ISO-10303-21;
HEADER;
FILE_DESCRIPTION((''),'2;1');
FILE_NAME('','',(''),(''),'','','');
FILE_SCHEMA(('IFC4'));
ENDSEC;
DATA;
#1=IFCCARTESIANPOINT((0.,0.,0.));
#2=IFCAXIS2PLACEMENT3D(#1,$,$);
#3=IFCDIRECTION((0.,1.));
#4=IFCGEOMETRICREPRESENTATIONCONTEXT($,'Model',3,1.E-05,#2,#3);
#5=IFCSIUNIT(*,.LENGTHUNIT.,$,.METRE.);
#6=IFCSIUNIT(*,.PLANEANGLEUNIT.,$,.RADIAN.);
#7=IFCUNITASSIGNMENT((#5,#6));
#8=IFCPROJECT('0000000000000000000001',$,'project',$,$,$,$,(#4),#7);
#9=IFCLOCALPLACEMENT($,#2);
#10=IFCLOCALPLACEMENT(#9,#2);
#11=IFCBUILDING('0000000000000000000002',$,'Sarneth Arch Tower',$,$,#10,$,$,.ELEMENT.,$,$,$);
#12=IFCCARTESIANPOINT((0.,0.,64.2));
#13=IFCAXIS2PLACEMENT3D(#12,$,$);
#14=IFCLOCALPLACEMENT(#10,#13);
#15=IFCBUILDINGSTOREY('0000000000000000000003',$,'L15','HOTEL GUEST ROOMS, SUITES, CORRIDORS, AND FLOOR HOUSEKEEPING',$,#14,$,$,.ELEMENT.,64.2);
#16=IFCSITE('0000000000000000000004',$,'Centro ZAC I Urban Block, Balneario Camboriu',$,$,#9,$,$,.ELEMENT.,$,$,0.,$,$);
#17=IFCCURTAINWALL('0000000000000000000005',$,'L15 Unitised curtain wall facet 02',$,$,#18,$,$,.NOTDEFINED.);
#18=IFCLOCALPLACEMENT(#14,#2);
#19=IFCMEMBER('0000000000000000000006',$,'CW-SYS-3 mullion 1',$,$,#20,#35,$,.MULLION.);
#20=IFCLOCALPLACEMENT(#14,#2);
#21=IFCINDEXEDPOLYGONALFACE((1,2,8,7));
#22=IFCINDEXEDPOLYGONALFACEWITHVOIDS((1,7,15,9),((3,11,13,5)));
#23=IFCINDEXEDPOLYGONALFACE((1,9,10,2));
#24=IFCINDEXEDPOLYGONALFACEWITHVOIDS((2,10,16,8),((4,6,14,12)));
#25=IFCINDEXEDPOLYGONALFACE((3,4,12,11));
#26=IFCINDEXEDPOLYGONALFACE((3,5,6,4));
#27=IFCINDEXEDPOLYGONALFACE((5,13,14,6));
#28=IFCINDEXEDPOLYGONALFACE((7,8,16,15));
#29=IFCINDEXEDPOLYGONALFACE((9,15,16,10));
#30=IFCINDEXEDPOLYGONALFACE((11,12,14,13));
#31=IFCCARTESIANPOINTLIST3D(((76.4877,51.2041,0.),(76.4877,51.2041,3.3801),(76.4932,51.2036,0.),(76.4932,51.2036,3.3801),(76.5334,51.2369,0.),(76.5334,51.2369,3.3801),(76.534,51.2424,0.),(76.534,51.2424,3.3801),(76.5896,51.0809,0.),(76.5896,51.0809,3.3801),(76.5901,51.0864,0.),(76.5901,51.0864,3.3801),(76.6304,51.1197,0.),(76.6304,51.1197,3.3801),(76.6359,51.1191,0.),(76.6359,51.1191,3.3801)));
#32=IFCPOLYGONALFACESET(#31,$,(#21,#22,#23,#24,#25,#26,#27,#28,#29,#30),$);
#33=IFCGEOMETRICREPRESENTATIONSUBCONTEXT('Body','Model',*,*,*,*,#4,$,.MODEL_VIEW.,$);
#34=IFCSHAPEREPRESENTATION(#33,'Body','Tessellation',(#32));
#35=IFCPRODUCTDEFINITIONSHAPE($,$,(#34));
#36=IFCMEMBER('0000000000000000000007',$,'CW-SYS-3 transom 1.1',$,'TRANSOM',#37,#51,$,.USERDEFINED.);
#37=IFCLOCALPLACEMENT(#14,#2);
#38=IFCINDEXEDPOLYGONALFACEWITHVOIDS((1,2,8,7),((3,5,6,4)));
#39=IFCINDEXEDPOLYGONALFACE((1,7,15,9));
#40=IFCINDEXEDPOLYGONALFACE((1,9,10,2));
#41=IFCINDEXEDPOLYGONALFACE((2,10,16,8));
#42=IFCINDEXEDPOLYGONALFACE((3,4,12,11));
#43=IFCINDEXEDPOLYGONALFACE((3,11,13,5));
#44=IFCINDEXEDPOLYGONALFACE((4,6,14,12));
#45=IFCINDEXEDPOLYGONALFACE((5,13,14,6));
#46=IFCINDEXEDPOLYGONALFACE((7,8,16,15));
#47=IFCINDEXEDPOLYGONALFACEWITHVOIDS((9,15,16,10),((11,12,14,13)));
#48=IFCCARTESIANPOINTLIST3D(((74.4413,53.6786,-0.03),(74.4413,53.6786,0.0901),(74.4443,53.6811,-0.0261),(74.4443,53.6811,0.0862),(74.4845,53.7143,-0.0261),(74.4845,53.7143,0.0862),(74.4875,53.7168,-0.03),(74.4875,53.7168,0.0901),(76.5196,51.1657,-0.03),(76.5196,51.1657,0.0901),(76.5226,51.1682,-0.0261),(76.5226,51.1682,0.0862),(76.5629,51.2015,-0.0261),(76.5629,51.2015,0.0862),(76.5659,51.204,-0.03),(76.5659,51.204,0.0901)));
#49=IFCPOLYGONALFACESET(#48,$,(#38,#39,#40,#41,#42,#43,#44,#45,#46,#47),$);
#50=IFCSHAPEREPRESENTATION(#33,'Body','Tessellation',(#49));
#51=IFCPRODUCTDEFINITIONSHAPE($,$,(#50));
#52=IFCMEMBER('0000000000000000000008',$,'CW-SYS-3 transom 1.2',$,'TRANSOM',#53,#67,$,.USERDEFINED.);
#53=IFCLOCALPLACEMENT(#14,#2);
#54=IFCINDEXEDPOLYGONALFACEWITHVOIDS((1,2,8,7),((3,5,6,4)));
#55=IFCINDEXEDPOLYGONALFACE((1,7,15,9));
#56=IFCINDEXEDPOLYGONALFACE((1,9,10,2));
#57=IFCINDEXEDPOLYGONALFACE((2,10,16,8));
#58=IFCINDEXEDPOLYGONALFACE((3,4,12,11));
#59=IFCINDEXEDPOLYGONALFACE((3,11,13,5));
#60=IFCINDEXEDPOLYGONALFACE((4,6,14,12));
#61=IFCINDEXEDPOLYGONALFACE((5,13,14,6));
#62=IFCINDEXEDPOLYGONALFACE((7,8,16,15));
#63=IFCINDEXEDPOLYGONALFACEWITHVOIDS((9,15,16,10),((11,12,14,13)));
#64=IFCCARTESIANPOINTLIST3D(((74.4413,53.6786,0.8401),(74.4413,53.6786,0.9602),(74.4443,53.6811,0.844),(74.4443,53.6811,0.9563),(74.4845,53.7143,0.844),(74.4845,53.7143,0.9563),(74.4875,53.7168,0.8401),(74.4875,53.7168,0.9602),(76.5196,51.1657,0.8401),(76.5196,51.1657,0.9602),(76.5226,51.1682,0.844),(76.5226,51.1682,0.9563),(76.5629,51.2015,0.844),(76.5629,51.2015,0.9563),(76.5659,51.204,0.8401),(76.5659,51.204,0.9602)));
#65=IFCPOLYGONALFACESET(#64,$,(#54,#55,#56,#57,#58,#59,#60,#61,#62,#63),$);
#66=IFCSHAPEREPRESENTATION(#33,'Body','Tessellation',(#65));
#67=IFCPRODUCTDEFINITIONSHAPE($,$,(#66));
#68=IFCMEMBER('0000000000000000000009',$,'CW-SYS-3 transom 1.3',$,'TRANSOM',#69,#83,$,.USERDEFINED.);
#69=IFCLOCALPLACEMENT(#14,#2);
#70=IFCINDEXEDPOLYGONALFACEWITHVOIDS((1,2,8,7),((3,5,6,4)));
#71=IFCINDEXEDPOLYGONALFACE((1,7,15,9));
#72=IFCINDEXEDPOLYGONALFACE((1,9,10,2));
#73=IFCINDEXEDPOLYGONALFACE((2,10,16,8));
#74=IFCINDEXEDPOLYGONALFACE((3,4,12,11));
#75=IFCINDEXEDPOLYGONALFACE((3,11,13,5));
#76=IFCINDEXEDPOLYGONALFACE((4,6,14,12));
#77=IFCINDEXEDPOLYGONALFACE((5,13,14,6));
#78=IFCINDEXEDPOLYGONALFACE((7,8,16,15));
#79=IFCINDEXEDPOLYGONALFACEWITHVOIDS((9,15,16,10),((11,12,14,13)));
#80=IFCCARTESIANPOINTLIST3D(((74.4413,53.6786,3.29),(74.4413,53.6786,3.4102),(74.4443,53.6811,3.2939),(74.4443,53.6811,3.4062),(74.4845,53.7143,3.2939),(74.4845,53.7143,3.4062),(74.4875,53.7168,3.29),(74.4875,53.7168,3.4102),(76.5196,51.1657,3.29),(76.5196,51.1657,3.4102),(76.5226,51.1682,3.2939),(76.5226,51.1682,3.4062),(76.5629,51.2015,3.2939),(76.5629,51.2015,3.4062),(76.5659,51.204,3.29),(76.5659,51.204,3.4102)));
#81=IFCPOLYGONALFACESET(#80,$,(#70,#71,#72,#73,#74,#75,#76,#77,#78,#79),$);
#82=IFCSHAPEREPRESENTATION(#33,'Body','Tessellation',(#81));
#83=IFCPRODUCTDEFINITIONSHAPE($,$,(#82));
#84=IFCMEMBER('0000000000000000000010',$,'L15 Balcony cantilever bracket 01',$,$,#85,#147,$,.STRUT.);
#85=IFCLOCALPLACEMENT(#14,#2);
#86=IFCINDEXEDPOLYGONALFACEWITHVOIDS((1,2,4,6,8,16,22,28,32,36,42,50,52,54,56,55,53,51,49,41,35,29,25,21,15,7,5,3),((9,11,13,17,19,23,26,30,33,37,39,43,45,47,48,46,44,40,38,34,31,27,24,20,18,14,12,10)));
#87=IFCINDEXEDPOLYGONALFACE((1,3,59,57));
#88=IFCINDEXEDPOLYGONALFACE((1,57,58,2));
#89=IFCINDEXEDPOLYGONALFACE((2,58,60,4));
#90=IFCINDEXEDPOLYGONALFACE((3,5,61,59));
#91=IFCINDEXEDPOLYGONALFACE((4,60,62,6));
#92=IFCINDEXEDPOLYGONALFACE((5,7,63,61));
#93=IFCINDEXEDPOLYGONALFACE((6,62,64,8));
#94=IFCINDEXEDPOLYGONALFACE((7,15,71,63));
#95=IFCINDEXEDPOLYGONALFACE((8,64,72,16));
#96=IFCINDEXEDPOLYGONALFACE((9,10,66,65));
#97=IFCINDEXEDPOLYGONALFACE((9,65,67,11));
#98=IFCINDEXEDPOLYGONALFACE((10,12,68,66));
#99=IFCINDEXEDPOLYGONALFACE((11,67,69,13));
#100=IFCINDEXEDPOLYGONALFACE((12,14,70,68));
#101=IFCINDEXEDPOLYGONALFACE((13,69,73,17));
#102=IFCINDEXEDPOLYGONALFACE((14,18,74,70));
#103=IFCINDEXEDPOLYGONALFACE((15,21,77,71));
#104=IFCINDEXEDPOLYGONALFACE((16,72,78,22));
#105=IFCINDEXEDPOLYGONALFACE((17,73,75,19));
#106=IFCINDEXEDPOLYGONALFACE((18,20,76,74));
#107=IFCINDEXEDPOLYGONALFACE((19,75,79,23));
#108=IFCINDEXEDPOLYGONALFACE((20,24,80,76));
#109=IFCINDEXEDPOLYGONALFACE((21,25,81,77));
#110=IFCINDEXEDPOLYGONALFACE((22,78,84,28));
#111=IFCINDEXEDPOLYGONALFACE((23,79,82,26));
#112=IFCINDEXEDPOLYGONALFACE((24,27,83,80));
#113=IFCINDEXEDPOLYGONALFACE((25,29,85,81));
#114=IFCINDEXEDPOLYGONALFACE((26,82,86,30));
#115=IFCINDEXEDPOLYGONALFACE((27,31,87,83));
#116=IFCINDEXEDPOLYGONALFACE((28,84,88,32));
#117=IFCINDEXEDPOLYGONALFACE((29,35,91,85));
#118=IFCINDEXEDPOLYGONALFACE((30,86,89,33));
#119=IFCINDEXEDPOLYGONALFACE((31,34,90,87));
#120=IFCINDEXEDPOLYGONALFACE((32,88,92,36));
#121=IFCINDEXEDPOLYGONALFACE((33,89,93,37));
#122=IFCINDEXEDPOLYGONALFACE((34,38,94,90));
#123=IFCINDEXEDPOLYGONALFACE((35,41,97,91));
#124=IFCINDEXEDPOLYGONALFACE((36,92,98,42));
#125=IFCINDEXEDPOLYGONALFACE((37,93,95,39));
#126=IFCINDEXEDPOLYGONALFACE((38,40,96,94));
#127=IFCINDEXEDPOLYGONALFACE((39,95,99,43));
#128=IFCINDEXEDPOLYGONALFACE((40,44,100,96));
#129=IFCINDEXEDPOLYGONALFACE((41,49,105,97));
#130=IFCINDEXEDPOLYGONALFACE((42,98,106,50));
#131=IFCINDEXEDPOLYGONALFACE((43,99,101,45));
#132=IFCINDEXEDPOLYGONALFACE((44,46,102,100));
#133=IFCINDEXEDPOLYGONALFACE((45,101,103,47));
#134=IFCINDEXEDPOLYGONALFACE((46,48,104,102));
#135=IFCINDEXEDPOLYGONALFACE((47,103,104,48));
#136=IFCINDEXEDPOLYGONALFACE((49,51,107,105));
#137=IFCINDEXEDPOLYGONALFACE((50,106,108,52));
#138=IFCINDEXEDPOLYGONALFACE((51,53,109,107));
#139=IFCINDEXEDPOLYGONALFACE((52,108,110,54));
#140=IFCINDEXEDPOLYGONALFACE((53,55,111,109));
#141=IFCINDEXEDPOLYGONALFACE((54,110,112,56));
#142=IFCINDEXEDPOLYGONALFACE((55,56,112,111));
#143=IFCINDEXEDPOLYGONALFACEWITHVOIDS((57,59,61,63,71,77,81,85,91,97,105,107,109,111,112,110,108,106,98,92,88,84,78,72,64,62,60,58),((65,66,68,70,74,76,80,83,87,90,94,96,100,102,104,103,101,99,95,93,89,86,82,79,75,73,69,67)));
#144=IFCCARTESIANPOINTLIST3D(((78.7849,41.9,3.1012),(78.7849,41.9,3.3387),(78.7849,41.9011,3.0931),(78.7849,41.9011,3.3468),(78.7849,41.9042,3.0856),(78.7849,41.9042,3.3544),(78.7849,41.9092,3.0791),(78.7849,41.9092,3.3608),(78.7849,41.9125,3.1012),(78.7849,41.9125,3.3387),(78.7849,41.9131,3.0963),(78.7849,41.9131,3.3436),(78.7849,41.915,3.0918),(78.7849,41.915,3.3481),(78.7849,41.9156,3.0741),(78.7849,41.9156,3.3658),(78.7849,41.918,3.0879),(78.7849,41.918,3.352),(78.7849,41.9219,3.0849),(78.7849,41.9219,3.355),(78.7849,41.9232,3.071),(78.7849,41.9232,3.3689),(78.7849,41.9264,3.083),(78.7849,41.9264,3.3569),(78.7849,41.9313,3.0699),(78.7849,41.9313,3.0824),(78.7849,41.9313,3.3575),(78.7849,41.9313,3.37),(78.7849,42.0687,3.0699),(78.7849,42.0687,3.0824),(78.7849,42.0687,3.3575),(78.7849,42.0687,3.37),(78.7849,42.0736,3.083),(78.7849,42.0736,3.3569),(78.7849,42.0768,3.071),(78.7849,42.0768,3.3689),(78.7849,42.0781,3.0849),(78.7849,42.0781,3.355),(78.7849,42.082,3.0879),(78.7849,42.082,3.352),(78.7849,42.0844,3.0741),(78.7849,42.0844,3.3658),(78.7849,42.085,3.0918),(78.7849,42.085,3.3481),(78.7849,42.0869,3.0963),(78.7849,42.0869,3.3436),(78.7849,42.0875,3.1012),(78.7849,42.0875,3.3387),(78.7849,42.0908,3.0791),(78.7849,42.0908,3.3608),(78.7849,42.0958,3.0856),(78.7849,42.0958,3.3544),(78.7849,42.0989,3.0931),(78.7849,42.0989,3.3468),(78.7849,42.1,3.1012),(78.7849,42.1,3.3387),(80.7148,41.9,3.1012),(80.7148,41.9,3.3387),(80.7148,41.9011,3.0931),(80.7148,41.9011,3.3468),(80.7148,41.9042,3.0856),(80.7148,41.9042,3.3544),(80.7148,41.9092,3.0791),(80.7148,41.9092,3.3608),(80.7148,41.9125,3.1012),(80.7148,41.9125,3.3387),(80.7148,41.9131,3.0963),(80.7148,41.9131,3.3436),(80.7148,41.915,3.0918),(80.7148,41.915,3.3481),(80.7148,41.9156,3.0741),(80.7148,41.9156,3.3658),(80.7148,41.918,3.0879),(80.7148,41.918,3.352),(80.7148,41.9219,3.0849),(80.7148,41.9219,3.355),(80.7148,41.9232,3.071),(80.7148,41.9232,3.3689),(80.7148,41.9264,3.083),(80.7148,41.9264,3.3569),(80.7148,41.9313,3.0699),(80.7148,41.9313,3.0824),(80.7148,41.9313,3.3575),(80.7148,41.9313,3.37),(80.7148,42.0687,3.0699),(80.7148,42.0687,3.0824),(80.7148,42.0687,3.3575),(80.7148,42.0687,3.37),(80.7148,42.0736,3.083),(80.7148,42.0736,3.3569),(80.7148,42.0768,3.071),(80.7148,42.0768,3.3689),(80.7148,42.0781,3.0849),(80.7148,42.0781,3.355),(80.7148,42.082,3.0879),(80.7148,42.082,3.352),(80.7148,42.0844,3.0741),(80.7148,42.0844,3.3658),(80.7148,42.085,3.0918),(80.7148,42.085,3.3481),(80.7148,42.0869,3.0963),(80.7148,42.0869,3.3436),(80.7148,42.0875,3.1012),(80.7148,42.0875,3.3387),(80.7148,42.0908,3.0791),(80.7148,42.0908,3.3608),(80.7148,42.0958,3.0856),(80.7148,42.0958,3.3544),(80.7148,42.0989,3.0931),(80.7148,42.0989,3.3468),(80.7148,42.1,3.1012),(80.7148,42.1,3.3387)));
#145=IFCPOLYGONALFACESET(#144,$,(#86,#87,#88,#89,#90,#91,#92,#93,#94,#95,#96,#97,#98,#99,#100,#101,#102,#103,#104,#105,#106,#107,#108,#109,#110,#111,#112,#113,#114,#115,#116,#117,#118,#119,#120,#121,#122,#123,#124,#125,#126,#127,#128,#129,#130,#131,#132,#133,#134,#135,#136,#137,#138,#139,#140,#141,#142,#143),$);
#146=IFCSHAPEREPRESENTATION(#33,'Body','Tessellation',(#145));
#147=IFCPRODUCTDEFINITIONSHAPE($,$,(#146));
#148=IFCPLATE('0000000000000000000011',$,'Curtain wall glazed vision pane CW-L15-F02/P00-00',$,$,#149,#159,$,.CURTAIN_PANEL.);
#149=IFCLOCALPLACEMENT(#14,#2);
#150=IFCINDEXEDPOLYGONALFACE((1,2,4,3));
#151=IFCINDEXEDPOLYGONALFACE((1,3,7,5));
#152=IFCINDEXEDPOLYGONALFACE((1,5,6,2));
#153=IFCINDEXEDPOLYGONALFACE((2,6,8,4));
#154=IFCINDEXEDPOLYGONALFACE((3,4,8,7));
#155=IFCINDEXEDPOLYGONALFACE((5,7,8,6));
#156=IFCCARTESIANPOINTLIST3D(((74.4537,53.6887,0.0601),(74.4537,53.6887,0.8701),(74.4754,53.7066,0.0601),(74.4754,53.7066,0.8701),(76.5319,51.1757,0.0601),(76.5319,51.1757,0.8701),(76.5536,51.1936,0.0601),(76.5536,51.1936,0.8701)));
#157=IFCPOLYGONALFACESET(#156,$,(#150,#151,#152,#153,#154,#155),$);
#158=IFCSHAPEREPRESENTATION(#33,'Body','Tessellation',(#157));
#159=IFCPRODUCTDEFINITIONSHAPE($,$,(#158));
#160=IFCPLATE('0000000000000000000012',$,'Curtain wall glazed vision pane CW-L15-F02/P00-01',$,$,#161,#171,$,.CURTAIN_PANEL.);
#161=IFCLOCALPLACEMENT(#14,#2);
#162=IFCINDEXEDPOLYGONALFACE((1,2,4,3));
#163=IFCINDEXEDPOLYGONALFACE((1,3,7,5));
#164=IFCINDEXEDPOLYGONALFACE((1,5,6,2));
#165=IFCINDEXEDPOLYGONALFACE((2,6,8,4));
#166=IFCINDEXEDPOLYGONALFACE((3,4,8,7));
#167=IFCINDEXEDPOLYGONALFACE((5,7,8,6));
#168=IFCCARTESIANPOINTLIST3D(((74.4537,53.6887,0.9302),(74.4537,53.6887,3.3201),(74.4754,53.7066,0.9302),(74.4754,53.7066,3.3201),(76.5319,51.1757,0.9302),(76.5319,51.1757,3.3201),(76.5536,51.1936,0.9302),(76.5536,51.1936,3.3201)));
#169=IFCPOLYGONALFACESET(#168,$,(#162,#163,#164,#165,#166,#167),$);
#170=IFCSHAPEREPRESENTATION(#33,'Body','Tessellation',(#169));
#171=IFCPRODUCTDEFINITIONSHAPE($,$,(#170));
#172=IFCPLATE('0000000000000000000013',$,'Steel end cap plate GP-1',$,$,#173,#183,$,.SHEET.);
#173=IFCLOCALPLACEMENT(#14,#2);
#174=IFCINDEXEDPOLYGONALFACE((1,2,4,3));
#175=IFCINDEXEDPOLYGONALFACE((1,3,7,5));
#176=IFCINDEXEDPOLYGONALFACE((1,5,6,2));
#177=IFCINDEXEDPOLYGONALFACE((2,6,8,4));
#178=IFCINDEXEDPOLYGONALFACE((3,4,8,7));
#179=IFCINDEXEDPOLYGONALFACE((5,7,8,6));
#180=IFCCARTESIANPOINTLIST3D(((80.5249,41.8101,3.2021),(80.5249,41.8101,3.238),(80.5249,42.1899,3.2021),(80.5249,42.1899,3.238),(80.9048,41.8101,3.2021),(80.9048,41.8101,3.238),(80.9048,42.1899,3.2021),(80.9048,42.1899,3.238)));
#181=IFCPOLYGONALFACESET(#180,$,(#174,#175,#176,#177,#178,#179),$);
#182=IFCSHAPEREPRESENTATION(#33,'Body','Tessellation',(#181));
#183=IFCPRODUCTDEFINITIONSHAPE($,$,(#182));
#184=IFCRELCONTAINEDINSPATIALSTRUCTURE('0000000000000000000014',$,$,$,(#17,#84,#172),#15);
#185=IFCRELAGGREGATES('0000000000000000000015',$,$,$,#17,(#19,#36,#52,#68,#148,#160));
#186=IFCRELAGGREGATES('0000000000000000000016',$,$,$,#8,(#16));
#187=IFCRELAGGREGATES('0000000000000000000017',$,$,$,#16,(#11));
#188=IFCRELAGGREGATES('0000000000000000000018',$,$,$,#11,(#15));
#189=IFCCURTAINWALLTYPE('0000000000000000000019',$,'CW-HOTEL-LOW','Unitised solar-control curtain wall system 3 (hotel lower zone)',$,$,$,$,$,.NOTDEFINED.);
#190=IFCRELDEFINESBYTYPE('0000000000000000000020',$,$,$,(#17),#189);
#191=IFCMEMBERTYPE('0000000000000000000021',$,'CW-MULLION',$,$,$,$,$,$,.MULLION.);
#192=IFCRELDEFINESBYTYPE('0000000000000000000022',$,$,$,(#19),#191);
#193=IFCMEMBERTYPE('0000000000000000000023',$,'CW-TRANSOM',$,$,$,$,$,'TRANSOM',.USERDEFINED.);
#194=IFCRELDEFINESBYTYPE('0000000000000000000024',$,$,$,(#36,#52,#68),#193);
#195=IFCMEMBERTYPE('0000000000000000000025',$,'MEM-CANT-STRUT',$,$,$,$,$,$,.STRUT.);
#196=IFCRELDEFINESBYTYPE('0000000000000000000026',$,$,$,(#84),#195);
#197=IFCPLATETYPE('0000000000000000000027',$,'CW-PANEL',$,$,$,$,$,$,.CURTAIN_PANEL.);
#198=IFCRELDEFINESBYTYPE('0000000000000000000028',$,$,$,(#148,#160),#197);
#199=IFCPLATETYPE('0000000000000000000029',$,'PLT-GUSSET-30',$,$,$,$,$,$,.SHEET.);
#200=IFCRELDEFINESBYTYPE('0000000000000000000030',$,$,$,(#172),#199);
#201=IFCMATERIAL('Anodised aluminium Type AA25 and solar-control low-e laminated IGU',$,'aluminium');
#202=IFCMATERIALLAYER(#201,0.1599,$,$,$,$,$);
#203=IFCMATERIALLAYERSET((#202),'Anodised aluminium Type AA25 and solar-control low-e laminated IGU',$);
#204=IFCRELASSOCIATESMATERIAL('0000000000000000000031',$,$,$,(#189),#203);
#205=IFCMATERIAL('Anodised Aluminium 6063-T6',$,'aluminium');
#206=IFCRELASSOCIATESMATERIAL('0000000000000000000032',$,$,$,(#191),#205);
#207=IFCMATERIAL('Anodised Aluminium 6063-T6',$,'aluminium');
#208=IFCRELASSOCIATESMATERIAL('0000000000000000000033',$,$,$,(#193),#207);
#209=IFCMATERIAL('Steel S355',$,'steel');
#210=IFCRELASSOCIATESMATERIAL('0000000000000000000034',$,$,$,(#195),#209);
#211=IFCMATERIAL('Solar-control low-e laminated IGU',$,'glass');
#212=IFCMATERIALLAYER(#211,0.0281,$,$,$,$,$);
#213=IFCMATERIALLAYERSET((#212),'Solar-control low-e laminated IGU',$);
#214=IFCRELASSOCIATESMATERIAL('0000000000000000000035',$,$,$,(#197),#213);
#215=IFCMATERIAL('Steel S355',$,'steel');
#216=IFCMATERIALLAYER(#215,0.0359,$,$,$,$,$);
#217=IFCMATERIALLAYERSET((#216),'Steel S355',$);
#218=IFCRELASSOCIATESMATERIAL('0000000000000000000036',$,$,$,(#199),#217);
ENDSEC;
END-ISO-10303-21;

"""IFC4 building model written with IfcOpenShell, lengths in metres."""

from ifc_helpers import new_model, si_unit, direction, frame, origin, origin_2d, place, context, subcontext, project, spatial, rectangle, hollow_rectangle, extrude, material, layer, layer_set, material_profile, profile_set, type_object, element, aggregate, save


model = new_model("IFC4")

# Units and contexts
model_context = context("Model", 3, precision=1e-05, world=origin(), true_north=direction((0.0, 1.0)))
body_context = subcontext(model_context, "Body", "Model", "MODEL_VIEW")
ifc_project = project(units=[si_unit("LENGTHUNIT", "METRE"), si_unit("PLANEANGLEUNIT", "RADIAN")], contexts=[model_context])

# Site, building, storey
site_placement = place(None, origin())
site = spatial("IfcSite", under=ifc_project, at=site_placement, Name="Centro ZAC I Urban Block, Balneario Camboriu", CompositionType="ELEMENT", RefElevation=0.0)
building_placement = place(site_placement, origin())
building = spatial("IfcBuilding", under=site, at=building_placement, Name="Sarneth Arch Tower", CompositionType="ELEMENT")
storey_placement = place(building_placement, frame((0.0, 0.0, 64.2)))
storey = spatial("IfcBuildingStorey", under=building, at=storey_placement, Name="L15", Description="HOTEL GUEST ROOMS, SUITES, CORRIDORS, AND FLOOR HOUSEKEEPING", CompositionType="ELEMENT", Elevation=64.2)

# Curtain wall, members
ifc_material_1 = material(Name="Anodised aluminium Type AA25 and solar-control low-e laminated IGU", Category="aluminium")
ifc_layer_1 = layer(ifc_material_1, 0.1599)
ifc_layer_set_1 = layer_set([ifc_layer_1], Name="Anodised aluminium Type AA25 and solar-control low-e laminated IGU")
curtain_wall_type = type_object("IfcCurtainWallType", Name="CW-HOTEL-LOW", Description="Unitised solar-control curtain wall system 3 (hotel lower zone)", PredefinedType="NOTDEFINED", material=ifc_layer_set_1)
curtain_wall_placement = place(storey_placement, origin())
curtain_wall = element("IfcCurtainWall", 1, at=curtain_wall_placement, inside=storey, type_object=curtain_wall_type, Name="L15 Unitised curtain wall facet 02", PredefinedType="NOTDEFINED")
ifc_material_2 = material(Name="Anodised Aluminium 6063-T6", Category="aluminium")
ifc_material_profile_1 = material_profile(ifc_material_2, hollow_rectangle(XDim=0.0601, YDim=0.1599, WallThickness=0.0039, at=origin_2d()), Name="AL-MULL-160x60x4")
ifc_profile_set_1 = profile_set([ifc_material_profile_1], Name="Anodised Aluminium 6063-T6")
member_type_1 = type_object("IfcMemberType", Name="CW-MULLION", PredefinedType="MULLION", material=ifc_profile_set_1)
member_1_placement = place(storey_placement, frame((76.5618, 51.1616, 0.0), z_axis=(0.0, 0.0, 1.0), x_axis=(-0.770623, -0.637291, 0.0)))
member_1 = element("IfcMember", 2, at=member_1_placement, type_object=member_type_1, Name="CW-SYS-3 mullion 1", PredefinedType="MULLION", context=body_context, shape_type="SweptSolid", body=[
    extrude(hollow_rectangle(XDim=0.0601, YDim=0.1599, WallThickness=0.0039, at=origin_2d()), origin(), (0.0, 0.0, 1.0), 3.3801),
])
ifc_material_3 = material(Name="Anodised Aluminium 6063-T6", Category="aluminium")
ifc_material_profile_2 = material_profile(ifc_material_3, hollow_rectangle(XDim=0.0601, YDim=0.1201, WallThickness=0.0039, at=origin_2d()), Name="AL-TRAN-120x60x4")
ifc_profile_set_2 = profile_set([ifc_material_profile_2], Name="Anodised Aluminium 6063-T6")
member_type_2 = type_object("IfcMemberType", Name="CW-TRANSOM", ElementType="TRANSOM", PredefinedType="USERDEFINED", material=ifc_profile_set_2)
member_2_placement = place(storey_placement, frame((76.5427, 51.1848, 0.03), z_axis=(-0.63733, 0.770591, 0.0), x_axis=(-0.770591, -0.63733, 0.0)))
member_2 = element("IfcMember", 3, at=member_2_placement, type_object=member_type_2, Name="CW-SYS-3 transom 1.1", ObjectType="TRANSOM", PredefinedType="USERDEFINED", context=body_context, shape_type="SweptSolid", body=[
    extrude(hollow_rectangle(XDim=0.0601, YDim=0.1201, WallThickness=0.0039, at=origin_2d()), origin(), (0.0, 0.0, 1.0), 3.261),
])
member_3_placement = place(storey_placement, frame((76.5427, 51.1848, 0.9001), z_axis=(-0.63733, 0.770591, 0.0), x_axis=(-0.770591, -0.63733, 0.0)))
member_3 = element("IfcMember", 4, at=member_3_placement, type_object=member_type_2, Name="CW-SYS-3 transom 1.2", ObjectType="TRANSOM", PredefinedType="USERDEFINED", context=body_context, shape_type="SweptSolid", body=[
    extrude(hollow_rectangle(XDim=0.0601, YDim=0.1201, WallThickness=0.0039, at=origin_2d()), origin(), (0.0, 0.0, 1.0), 3.261),
])
member_4_placement = place(storey_placement, frame((76.5427, 51.1848, 3.3501), z_axis=(-0.63733, 0.770591, 0.0), x_axis=(-0.770591, -0.63733, 0.0)))
member_4 = element("IfcMember", 5, at=member_4_placement, type_object=member_type_2, Name="CW-SYS-3 transom 1.3", ObjectType="TRANSOM", PredefinedType="USERDEFINED", context=body_context, shape_type="SweptSolid", body=[
    extrude(hollow_rectangle(XDim=0.0601, YDim=0.1201, WallThickness=0.0039, at=origin_2d()), origin(), (0.0, 0.0, 1.0), 3.261),
])

# Member
ifc_material_4 = material(Name="Steel S355", Category="steel")
ifc_material_profile_3 = material_profile(ifc_material_4, hollow_rectangle(XDim=0.2, YDim=0.3, WallThickness=0.0125, InnerFilletRadius=0.0188, OuterFilletRadius=0.0312, at=origin_2d()), Name="RHS300x200x12.5")
ifc_profile_set_3 = profile_set([ifc_material_profile_3], Name="Steel S355")
member_type_3 = type_object("IfcMemberType", Name="MEM-CANT-STRUT", PredefinedType="STRUT", material=ifc_profile_set_3)
member_5_placement = place(storey_placement, frame((78.7849, 42.0, 3.22), z_axis=(1.0, 0.0, 0.0), x_axis=(0.0, 1.0, 0.0)))
element("IfcMember", 6, at=member_5_placement, inside=storey, type_object=member_type_3, Name="L15 Balcony cantilever bracket 01", PredefinedType="STRUT", context=body_context, shape_type="SweptSolid", body=[
    extrude(hollow_rectangle(XDim=0.2, YDim=0.3, WallThickness=0.0125, InnerFilletRadius=0.0188, OuterFilletRadius=0.0312, at=origin_2d()), origin(), (0.0, 0.0, 1.0), 1.9299),
])

# Plates
ifc_material_5 = material(Name="Solar-control low-e laminated IGU", Category="glass")
ifc_layer_2 = layer(ifc_material_5, 0.0281)
ifc_layer_set_2 = layer_set([ifc_layer_2], Name="Solar-control low-e laminated IGU")
plate_type_1 = type_object("IfcPlateType", Name="CW-PANEL", PredefinedType="CURTAIN_PANEL", material=ifc_layer_set_2)
plate_1_placement = place(storey_placement, frame((75.5037, 52.4412, 0.0601), z_axis=(0.0, 0.0, 1.0), x_axis=(-0.637291, 0.770623, 0.0)))
plate_1 = element("IfcPlate", 7, at=plate_1_placement, type_object=plate_type_1, Name="Curtain wall glazed vision pane CW-L15-F02/P00-00", PredefinedType="CURTAIN_PANEL", context=body_context, shape_type="SweptSolid", body=[
    extrude(rectangle(XDim=3.261, YDim=0.0281, at=origin_2d()), origin(), (0.0, 0.0, 1.0), 0.8101),
])
plate_2_placement = place(storey_placement, frame((75.5037, 52.4412, 0.9302), z_axis=(0.0, 0.0, 1.0), x_axis=(-0.637291, 0.770623, 0.0)))
plate_2 = element("IfcPlate", 8, at=plate_2_placement, type_object=plate_type_1, Name="Curtain wall glazed vision pane CW-L15-F02/P00-01", PredefinedType="CURTAIN_PANEL", context=body_context, shape_type="SweptSolid", body=[
    extrude(rectangle(XDim=3.261, YDim=0.0281, at=origin_2d()), origin(), (0.0, 0.0, 1.0), 2.3899),
])
aggregate(curtain_wall, [member_1, member_2, member_3, member_4, plate_1, plate_2])

# Plate
ifc_material_6 = material(Name="Steel S355", Category="steel")
ifc_layer_3 = layer(ifc_material_6, 0.0359)
ifc_layer_set_3 = layer_set([ifc_layer_3], Name="Steel S355")
plate_type_2 = type_object("IfcPlateType", Name="PLT-GUSSET-30", PredefinedType="SHEET", material=ifc_layer_set_3)
plate_3_placement = place(storey_placement, frame((80.7148, 42.0, 3.2021), z_axis=(0.0, 0.0, 1.0), x_axis=(1.0, 0.0, 0.0)))
element("IfcPlate", 9, at=plate_3_placement, inside=storey, type_object=plate_type_2, Name="Steel end cap plate GP-1", PredefinedType="SHEET", context=body_context, shape_type="SweptSolid", body=[
    extrude(rectangle(XDim=0.3799, YDim=0.3799, at=origin_2d()), origin(), (0.0, 0.0, 1.0), 0.0359),
])

save(model, "model.ifc")
